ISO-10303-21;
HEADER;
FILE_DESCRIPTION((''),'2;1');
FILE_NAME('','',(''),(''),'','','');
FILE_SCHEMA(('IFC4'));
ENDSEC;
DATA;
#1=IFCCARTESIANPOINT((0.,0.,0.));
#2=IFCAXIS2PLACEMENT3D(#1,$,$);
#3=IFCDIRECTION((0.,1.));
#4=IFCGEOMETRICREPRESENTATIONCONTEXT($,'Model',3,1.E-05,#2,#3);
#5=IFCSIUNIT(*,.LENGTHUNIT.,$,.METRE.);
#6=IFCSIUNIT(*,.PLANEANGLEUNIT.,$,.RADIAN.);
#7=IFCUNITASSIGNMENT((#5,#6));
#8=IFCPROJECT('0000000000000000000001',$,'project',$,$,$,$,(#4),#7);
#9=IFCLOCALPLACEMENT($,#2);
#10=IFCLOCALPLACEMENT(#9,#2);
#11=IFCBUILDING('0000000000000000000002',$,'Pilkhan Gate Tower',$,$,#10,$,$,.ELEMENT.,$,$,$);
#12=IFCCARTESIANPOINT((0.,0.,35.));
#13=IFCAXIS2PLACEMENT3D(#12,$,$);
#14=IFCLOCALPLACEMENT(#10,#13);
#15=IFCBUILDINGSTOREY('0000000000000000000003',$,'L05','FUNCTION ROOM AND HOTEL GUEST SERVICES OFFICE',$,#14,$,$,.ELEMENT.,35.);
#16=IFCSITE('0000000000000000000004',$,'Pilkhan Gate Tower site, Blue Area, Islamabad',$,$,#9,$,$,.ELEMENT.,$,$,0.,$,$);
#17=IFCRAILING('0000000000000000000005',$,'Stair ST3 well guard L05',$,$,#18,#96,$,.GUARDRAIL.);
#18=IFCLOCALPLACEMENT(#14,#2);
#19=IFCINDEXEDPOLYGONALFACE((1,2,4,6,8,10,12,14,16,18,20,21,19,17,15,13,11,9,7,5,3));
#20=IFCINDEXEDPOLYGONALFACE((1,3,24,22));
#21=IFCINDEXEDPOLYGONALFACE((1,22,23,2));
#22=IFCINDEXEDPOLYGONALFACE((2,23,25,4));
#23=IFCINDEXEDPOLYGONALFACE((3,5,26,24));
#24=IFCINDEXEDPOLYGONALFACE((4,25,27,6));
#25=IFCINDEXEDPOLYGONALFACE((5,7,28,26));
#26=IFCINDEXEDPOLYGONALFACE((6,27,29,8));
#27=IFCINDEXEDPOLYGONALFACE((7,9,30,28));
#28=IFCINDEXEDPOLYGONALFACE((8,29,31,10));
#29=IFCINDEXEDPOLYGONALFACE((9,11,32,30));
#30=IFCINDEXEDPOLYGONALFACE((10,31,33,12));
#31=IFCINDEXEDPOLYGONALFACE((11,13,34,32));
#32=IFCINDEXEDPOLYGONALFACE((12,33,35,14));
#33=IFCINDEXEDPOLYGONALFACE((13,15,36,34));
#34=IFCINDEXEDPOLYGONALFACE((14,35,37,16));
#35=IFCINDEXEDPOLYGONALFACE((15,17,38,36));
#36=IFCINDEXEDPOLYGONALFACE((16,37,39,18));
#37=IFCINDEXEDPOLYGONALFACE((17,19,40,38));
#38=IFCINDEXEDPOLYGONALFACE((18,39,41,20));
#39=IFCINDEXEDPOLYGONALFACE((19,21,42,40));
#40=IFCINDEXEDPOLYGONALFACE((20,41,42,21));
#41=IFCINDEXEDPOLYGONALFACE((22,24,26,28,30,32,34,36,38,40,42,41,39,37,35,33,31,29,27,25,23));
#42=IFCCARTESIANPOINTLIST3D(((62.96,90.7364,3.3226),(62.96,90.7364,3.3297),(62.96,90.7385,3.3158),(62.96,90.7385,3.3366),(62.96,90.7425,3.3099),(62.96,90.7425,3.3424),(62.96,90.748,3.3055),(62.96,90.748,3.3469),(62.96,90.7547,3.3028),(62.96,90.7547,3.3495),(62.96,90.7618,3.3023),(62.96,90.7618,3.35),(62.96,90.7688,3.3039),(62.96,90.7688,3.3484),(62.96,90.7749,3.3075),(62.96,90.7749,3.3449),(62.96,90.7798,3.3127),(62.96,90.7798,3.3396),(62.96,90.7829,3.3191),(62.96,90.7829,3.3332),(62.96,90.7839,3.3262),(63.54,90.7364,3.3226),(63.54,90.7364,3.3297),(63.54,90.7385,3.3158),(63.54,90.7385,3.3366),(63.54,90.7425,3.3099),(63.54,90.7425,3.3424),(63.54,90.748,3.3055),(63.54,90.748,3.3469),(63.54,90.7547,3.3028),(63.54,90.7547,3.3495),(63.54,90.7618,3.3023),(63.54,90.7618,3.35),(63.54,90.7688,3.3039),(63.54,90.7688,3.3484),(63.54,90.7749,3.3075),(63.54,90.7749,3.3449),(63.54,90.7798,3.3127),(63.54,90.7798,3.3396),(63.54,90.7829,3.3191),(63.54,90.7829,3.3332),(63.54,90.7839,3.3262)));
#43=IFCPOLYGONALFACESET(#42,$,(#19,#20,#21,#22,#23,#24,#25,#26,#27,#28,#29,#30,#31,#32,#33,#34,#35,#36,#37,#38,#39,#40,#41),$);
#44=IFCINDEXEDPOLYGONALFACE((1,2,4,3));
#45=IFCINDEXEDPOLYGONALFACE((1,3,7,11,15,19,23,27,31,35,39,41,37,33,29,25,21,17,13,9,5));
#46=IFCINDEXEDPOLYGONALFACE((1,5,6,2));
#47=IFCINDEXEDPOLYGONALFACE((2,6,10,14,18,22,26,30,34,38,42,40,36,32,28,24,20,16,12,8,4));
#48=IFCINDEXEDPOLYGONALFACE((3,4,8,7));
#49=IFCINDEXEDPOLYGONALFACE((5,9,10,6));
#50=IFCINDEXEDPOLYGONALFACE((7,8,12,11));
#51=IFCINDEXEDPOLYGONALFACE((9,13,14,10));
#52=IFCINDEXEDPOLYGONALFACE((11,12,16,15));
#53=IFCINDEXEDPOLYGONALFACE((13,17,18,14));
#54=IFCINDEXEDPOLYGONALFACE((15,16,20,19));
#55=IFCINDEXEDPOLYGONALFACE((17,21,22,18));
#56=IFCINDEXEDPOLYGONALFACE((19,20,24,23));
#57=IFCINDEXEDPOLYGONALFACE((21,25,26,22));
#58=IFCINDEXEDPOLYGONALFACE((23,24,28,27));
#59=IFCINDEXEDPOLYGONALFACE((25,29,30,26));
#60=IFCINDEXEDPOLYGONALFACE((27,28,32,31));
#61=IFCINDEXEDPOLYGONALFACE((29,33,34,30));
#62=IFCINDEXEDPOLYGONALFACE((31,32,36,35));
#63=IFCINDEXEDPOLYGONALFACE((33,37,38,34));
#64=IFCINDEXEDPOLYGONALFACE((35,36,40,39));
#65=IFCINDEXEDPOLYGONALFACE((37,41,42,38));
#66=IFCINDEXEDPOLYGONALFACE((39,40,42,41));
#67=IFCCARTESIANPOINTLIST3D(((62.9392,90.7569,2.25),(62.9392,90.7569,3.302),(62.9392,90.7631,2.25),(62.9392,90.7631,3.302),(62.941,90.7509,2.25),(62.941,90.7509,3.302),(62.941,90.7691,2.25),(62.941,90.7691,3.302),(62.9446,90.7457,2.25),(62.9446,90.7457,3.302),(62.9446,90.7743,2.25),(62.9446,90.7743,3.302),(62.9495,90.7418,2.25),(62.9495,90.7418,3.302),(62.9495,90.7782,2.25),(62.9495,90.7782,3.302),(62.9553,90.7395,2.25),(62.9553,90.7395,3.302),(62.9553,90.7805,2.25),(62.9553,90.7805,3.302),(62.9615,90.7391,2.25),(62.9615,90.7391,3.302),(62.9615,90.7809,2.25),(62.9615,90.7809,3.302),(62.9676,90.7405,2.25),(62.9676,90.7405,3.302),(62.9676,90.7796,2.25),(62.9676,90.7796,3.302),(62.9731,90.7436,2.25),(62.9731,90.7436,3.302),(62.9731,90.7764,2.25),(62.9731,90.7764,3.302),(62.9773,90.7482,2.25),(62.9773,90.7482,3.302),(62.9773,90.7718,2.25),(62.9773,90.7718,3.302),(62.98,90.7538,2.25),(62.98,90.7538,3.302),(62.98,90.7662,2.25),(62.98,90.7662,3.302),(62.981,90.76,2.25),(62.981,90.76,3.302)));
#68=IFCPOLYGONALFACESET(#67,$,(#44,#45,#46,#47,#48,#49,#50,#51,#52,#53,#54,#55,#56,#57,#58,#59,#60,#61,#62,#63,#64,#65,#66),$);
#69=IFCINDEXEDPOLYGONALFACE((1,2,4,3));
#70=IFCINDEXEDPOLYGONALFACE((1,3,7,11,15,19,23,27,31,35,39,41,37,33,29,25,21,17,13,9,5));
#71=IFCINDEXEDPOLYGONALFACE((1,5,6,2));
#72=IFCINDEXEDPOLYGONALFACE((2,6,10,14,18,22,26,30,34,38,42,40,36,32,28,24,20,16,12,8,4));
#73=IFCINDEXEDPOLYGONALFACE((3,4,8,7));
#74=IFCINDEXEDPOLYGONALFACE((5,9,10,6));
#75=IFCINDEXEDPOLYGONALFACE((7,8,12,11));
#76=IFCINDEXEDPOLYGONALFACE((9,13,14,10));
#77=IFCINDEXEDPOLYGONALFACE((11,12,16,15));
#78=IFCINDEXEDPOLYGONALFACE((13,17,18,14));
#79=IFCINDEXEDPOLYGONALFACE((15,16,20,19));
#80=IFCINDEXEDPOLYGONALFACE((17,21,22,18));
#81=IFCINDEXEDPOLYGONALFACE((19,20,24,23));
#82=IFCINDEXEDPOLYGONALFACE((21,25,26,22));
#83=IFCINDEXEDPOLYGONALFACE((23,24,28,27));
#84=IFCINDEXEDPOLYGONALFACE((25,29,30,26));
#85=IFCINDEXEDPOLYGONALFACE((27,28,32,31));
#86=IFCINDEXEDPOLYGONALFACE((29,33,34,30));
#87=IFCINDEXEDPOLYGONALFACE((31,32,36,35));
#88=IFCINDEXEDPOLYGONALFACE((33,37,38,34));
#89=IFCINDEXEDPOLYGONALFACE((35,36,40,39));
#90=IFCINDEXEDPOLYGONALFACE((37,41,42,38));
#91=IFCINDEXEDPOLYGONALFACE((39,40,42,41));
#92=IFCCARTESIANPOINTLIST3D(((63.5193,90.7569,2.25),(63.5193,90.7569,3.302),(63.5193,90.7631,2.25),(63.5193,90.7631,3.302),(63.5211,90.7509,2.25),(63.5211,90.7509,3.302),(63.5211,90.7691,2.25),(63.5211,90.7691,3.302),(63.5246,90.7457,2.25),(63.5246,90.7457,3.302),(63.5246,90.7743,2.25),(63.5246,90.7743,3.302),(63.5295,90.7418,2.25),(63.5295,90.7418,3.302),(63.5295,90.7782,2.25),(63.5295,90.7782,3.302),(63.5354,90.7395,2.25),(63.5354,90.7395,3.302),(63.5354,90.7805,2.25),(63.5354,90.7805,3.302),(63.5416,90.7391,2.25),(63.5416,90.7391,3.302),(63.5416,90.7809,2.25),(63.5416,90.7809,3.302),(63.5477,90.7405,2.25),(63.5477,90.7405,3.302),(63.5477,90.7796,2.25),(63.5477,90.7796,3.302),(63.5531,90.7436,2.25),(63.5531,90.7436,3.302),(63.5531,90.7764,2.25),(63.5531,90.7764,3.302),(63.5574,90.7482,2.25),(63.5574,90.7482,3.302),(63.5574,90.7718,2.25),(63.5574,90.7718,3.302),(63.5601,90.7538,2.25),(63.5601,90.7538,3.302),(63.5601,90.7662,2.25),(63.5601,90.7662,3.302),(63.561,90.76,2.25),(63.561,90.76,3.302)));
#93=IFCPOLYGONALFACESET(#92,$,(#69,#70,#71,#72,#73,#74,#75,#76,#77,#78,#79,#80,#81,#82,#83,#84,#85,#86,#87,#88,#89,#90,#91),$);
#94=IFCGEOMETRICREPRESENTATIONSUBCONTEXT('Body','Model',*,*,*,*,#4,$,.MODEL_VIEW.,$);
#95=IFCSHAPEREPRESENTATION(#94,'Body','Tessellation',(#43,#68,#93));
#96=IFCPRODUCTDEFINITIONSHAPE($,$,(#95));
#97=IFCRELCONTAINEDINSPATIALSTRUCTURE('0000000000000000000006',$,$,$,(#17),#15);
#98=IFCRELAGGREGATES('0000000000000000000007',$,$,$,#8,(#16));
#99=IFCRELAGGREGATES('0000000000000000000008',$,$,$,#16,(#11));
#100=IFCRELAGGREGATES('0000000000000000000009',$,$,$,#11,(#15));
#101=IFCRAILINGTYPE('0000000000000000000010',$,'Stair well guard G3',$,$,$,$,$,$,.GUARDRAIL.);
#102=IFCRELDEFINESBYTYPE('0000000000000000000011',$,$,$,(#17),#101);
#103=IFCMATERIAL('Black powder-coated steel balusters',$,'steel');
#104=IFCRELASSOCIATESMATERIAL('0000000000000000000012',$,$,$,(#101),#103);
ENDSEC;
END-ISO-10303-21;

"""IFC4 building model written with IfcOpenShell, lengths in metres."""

from ifc_helpers import new_model, si_unit, direction, frame, origin, origin_2d, place, context, subcontext, project, spatial, circle, extrude, material, type_object, element, save


model = new_model("IFC4")

# Units and contexts
model_context = context("Model", 3, precision=1e-05, world=origin(), true_north=direction((0.0, 1.0)))
body_context = subcontext(model_context, "Body", "Model", "MODEL_VIEW")
ifc_project = project(units=[si_unit("LENGTHUNIT", "METRE"), si_unit("PLANEANGLEUNIT", "RADIAN")], contexts=[model_context])

# Site, building, storey
site_placement = place(None, origin())
site = spatial("IfcSite", under=ifc_project, at=site_placement, Name="Pilkhan Gate Tower site, Blue Area, Islamabad", CompositionType="ELEMENT", RefElevation=0.0)
building_placement = place(site_placement, origin())
building = spatial("IfcBuilding", under=site, at=building_placement, Name="Pilkhan Gate Tower", CompositionType="ELEMENT")
storey_placement = place(building_placement, frame((0.0, 0.0, 35.0)))
storey = spatial("IfcBuildingStorey", under=building, at=storey_placement, Name="L05", Description="FUNCTION ROOM AND HOTEL GUEST SERVICES OFFICE", CompositionType="ELEMENT", Elevation=35.0)

# Railing
ifc_material_1 = material(Name="Black powder-coated steel balusters", Category="steel")
railing_type_1 = type_object("IfcRailingType", Name="Stair well guard G3", PredefinedType="GUARDRAIL", material=ifc_material_1)
for number, where, name in (
    (1, (62.96, 90.76, 2.25), "Stair ST3 well guard L05"),
):
    element("IfcRailing", number, at=place(storey_placement, frame(where)), inside=storey, type_object=railing_type_1, Name=name, PredefinedType="GUARDRAIL", context=body_context, shape_type="SweptSolid", body=[
        extrude(circle(Radius=0.0239, at=origin_2d()), frame((0.0, 0.0, 1.0762), z_axis=(1.0, 0.0, 0.0), x_axis=(0.0, 1.0, 0.0)), (0.0, 0.0, 1.0), 0.5801),
        extrude(circle(Radius=0.021, at=origin_2d()), origin(), (0.0, 0.0, 1.0), 1.052),
        extrude(circle(Radius=0.021, at=origin_2d()), frame((0.5801, 0.0, 0.0)), (0.0, 0.0, 1.0), 1.052),
    ])

save(model, "model.ifc")
